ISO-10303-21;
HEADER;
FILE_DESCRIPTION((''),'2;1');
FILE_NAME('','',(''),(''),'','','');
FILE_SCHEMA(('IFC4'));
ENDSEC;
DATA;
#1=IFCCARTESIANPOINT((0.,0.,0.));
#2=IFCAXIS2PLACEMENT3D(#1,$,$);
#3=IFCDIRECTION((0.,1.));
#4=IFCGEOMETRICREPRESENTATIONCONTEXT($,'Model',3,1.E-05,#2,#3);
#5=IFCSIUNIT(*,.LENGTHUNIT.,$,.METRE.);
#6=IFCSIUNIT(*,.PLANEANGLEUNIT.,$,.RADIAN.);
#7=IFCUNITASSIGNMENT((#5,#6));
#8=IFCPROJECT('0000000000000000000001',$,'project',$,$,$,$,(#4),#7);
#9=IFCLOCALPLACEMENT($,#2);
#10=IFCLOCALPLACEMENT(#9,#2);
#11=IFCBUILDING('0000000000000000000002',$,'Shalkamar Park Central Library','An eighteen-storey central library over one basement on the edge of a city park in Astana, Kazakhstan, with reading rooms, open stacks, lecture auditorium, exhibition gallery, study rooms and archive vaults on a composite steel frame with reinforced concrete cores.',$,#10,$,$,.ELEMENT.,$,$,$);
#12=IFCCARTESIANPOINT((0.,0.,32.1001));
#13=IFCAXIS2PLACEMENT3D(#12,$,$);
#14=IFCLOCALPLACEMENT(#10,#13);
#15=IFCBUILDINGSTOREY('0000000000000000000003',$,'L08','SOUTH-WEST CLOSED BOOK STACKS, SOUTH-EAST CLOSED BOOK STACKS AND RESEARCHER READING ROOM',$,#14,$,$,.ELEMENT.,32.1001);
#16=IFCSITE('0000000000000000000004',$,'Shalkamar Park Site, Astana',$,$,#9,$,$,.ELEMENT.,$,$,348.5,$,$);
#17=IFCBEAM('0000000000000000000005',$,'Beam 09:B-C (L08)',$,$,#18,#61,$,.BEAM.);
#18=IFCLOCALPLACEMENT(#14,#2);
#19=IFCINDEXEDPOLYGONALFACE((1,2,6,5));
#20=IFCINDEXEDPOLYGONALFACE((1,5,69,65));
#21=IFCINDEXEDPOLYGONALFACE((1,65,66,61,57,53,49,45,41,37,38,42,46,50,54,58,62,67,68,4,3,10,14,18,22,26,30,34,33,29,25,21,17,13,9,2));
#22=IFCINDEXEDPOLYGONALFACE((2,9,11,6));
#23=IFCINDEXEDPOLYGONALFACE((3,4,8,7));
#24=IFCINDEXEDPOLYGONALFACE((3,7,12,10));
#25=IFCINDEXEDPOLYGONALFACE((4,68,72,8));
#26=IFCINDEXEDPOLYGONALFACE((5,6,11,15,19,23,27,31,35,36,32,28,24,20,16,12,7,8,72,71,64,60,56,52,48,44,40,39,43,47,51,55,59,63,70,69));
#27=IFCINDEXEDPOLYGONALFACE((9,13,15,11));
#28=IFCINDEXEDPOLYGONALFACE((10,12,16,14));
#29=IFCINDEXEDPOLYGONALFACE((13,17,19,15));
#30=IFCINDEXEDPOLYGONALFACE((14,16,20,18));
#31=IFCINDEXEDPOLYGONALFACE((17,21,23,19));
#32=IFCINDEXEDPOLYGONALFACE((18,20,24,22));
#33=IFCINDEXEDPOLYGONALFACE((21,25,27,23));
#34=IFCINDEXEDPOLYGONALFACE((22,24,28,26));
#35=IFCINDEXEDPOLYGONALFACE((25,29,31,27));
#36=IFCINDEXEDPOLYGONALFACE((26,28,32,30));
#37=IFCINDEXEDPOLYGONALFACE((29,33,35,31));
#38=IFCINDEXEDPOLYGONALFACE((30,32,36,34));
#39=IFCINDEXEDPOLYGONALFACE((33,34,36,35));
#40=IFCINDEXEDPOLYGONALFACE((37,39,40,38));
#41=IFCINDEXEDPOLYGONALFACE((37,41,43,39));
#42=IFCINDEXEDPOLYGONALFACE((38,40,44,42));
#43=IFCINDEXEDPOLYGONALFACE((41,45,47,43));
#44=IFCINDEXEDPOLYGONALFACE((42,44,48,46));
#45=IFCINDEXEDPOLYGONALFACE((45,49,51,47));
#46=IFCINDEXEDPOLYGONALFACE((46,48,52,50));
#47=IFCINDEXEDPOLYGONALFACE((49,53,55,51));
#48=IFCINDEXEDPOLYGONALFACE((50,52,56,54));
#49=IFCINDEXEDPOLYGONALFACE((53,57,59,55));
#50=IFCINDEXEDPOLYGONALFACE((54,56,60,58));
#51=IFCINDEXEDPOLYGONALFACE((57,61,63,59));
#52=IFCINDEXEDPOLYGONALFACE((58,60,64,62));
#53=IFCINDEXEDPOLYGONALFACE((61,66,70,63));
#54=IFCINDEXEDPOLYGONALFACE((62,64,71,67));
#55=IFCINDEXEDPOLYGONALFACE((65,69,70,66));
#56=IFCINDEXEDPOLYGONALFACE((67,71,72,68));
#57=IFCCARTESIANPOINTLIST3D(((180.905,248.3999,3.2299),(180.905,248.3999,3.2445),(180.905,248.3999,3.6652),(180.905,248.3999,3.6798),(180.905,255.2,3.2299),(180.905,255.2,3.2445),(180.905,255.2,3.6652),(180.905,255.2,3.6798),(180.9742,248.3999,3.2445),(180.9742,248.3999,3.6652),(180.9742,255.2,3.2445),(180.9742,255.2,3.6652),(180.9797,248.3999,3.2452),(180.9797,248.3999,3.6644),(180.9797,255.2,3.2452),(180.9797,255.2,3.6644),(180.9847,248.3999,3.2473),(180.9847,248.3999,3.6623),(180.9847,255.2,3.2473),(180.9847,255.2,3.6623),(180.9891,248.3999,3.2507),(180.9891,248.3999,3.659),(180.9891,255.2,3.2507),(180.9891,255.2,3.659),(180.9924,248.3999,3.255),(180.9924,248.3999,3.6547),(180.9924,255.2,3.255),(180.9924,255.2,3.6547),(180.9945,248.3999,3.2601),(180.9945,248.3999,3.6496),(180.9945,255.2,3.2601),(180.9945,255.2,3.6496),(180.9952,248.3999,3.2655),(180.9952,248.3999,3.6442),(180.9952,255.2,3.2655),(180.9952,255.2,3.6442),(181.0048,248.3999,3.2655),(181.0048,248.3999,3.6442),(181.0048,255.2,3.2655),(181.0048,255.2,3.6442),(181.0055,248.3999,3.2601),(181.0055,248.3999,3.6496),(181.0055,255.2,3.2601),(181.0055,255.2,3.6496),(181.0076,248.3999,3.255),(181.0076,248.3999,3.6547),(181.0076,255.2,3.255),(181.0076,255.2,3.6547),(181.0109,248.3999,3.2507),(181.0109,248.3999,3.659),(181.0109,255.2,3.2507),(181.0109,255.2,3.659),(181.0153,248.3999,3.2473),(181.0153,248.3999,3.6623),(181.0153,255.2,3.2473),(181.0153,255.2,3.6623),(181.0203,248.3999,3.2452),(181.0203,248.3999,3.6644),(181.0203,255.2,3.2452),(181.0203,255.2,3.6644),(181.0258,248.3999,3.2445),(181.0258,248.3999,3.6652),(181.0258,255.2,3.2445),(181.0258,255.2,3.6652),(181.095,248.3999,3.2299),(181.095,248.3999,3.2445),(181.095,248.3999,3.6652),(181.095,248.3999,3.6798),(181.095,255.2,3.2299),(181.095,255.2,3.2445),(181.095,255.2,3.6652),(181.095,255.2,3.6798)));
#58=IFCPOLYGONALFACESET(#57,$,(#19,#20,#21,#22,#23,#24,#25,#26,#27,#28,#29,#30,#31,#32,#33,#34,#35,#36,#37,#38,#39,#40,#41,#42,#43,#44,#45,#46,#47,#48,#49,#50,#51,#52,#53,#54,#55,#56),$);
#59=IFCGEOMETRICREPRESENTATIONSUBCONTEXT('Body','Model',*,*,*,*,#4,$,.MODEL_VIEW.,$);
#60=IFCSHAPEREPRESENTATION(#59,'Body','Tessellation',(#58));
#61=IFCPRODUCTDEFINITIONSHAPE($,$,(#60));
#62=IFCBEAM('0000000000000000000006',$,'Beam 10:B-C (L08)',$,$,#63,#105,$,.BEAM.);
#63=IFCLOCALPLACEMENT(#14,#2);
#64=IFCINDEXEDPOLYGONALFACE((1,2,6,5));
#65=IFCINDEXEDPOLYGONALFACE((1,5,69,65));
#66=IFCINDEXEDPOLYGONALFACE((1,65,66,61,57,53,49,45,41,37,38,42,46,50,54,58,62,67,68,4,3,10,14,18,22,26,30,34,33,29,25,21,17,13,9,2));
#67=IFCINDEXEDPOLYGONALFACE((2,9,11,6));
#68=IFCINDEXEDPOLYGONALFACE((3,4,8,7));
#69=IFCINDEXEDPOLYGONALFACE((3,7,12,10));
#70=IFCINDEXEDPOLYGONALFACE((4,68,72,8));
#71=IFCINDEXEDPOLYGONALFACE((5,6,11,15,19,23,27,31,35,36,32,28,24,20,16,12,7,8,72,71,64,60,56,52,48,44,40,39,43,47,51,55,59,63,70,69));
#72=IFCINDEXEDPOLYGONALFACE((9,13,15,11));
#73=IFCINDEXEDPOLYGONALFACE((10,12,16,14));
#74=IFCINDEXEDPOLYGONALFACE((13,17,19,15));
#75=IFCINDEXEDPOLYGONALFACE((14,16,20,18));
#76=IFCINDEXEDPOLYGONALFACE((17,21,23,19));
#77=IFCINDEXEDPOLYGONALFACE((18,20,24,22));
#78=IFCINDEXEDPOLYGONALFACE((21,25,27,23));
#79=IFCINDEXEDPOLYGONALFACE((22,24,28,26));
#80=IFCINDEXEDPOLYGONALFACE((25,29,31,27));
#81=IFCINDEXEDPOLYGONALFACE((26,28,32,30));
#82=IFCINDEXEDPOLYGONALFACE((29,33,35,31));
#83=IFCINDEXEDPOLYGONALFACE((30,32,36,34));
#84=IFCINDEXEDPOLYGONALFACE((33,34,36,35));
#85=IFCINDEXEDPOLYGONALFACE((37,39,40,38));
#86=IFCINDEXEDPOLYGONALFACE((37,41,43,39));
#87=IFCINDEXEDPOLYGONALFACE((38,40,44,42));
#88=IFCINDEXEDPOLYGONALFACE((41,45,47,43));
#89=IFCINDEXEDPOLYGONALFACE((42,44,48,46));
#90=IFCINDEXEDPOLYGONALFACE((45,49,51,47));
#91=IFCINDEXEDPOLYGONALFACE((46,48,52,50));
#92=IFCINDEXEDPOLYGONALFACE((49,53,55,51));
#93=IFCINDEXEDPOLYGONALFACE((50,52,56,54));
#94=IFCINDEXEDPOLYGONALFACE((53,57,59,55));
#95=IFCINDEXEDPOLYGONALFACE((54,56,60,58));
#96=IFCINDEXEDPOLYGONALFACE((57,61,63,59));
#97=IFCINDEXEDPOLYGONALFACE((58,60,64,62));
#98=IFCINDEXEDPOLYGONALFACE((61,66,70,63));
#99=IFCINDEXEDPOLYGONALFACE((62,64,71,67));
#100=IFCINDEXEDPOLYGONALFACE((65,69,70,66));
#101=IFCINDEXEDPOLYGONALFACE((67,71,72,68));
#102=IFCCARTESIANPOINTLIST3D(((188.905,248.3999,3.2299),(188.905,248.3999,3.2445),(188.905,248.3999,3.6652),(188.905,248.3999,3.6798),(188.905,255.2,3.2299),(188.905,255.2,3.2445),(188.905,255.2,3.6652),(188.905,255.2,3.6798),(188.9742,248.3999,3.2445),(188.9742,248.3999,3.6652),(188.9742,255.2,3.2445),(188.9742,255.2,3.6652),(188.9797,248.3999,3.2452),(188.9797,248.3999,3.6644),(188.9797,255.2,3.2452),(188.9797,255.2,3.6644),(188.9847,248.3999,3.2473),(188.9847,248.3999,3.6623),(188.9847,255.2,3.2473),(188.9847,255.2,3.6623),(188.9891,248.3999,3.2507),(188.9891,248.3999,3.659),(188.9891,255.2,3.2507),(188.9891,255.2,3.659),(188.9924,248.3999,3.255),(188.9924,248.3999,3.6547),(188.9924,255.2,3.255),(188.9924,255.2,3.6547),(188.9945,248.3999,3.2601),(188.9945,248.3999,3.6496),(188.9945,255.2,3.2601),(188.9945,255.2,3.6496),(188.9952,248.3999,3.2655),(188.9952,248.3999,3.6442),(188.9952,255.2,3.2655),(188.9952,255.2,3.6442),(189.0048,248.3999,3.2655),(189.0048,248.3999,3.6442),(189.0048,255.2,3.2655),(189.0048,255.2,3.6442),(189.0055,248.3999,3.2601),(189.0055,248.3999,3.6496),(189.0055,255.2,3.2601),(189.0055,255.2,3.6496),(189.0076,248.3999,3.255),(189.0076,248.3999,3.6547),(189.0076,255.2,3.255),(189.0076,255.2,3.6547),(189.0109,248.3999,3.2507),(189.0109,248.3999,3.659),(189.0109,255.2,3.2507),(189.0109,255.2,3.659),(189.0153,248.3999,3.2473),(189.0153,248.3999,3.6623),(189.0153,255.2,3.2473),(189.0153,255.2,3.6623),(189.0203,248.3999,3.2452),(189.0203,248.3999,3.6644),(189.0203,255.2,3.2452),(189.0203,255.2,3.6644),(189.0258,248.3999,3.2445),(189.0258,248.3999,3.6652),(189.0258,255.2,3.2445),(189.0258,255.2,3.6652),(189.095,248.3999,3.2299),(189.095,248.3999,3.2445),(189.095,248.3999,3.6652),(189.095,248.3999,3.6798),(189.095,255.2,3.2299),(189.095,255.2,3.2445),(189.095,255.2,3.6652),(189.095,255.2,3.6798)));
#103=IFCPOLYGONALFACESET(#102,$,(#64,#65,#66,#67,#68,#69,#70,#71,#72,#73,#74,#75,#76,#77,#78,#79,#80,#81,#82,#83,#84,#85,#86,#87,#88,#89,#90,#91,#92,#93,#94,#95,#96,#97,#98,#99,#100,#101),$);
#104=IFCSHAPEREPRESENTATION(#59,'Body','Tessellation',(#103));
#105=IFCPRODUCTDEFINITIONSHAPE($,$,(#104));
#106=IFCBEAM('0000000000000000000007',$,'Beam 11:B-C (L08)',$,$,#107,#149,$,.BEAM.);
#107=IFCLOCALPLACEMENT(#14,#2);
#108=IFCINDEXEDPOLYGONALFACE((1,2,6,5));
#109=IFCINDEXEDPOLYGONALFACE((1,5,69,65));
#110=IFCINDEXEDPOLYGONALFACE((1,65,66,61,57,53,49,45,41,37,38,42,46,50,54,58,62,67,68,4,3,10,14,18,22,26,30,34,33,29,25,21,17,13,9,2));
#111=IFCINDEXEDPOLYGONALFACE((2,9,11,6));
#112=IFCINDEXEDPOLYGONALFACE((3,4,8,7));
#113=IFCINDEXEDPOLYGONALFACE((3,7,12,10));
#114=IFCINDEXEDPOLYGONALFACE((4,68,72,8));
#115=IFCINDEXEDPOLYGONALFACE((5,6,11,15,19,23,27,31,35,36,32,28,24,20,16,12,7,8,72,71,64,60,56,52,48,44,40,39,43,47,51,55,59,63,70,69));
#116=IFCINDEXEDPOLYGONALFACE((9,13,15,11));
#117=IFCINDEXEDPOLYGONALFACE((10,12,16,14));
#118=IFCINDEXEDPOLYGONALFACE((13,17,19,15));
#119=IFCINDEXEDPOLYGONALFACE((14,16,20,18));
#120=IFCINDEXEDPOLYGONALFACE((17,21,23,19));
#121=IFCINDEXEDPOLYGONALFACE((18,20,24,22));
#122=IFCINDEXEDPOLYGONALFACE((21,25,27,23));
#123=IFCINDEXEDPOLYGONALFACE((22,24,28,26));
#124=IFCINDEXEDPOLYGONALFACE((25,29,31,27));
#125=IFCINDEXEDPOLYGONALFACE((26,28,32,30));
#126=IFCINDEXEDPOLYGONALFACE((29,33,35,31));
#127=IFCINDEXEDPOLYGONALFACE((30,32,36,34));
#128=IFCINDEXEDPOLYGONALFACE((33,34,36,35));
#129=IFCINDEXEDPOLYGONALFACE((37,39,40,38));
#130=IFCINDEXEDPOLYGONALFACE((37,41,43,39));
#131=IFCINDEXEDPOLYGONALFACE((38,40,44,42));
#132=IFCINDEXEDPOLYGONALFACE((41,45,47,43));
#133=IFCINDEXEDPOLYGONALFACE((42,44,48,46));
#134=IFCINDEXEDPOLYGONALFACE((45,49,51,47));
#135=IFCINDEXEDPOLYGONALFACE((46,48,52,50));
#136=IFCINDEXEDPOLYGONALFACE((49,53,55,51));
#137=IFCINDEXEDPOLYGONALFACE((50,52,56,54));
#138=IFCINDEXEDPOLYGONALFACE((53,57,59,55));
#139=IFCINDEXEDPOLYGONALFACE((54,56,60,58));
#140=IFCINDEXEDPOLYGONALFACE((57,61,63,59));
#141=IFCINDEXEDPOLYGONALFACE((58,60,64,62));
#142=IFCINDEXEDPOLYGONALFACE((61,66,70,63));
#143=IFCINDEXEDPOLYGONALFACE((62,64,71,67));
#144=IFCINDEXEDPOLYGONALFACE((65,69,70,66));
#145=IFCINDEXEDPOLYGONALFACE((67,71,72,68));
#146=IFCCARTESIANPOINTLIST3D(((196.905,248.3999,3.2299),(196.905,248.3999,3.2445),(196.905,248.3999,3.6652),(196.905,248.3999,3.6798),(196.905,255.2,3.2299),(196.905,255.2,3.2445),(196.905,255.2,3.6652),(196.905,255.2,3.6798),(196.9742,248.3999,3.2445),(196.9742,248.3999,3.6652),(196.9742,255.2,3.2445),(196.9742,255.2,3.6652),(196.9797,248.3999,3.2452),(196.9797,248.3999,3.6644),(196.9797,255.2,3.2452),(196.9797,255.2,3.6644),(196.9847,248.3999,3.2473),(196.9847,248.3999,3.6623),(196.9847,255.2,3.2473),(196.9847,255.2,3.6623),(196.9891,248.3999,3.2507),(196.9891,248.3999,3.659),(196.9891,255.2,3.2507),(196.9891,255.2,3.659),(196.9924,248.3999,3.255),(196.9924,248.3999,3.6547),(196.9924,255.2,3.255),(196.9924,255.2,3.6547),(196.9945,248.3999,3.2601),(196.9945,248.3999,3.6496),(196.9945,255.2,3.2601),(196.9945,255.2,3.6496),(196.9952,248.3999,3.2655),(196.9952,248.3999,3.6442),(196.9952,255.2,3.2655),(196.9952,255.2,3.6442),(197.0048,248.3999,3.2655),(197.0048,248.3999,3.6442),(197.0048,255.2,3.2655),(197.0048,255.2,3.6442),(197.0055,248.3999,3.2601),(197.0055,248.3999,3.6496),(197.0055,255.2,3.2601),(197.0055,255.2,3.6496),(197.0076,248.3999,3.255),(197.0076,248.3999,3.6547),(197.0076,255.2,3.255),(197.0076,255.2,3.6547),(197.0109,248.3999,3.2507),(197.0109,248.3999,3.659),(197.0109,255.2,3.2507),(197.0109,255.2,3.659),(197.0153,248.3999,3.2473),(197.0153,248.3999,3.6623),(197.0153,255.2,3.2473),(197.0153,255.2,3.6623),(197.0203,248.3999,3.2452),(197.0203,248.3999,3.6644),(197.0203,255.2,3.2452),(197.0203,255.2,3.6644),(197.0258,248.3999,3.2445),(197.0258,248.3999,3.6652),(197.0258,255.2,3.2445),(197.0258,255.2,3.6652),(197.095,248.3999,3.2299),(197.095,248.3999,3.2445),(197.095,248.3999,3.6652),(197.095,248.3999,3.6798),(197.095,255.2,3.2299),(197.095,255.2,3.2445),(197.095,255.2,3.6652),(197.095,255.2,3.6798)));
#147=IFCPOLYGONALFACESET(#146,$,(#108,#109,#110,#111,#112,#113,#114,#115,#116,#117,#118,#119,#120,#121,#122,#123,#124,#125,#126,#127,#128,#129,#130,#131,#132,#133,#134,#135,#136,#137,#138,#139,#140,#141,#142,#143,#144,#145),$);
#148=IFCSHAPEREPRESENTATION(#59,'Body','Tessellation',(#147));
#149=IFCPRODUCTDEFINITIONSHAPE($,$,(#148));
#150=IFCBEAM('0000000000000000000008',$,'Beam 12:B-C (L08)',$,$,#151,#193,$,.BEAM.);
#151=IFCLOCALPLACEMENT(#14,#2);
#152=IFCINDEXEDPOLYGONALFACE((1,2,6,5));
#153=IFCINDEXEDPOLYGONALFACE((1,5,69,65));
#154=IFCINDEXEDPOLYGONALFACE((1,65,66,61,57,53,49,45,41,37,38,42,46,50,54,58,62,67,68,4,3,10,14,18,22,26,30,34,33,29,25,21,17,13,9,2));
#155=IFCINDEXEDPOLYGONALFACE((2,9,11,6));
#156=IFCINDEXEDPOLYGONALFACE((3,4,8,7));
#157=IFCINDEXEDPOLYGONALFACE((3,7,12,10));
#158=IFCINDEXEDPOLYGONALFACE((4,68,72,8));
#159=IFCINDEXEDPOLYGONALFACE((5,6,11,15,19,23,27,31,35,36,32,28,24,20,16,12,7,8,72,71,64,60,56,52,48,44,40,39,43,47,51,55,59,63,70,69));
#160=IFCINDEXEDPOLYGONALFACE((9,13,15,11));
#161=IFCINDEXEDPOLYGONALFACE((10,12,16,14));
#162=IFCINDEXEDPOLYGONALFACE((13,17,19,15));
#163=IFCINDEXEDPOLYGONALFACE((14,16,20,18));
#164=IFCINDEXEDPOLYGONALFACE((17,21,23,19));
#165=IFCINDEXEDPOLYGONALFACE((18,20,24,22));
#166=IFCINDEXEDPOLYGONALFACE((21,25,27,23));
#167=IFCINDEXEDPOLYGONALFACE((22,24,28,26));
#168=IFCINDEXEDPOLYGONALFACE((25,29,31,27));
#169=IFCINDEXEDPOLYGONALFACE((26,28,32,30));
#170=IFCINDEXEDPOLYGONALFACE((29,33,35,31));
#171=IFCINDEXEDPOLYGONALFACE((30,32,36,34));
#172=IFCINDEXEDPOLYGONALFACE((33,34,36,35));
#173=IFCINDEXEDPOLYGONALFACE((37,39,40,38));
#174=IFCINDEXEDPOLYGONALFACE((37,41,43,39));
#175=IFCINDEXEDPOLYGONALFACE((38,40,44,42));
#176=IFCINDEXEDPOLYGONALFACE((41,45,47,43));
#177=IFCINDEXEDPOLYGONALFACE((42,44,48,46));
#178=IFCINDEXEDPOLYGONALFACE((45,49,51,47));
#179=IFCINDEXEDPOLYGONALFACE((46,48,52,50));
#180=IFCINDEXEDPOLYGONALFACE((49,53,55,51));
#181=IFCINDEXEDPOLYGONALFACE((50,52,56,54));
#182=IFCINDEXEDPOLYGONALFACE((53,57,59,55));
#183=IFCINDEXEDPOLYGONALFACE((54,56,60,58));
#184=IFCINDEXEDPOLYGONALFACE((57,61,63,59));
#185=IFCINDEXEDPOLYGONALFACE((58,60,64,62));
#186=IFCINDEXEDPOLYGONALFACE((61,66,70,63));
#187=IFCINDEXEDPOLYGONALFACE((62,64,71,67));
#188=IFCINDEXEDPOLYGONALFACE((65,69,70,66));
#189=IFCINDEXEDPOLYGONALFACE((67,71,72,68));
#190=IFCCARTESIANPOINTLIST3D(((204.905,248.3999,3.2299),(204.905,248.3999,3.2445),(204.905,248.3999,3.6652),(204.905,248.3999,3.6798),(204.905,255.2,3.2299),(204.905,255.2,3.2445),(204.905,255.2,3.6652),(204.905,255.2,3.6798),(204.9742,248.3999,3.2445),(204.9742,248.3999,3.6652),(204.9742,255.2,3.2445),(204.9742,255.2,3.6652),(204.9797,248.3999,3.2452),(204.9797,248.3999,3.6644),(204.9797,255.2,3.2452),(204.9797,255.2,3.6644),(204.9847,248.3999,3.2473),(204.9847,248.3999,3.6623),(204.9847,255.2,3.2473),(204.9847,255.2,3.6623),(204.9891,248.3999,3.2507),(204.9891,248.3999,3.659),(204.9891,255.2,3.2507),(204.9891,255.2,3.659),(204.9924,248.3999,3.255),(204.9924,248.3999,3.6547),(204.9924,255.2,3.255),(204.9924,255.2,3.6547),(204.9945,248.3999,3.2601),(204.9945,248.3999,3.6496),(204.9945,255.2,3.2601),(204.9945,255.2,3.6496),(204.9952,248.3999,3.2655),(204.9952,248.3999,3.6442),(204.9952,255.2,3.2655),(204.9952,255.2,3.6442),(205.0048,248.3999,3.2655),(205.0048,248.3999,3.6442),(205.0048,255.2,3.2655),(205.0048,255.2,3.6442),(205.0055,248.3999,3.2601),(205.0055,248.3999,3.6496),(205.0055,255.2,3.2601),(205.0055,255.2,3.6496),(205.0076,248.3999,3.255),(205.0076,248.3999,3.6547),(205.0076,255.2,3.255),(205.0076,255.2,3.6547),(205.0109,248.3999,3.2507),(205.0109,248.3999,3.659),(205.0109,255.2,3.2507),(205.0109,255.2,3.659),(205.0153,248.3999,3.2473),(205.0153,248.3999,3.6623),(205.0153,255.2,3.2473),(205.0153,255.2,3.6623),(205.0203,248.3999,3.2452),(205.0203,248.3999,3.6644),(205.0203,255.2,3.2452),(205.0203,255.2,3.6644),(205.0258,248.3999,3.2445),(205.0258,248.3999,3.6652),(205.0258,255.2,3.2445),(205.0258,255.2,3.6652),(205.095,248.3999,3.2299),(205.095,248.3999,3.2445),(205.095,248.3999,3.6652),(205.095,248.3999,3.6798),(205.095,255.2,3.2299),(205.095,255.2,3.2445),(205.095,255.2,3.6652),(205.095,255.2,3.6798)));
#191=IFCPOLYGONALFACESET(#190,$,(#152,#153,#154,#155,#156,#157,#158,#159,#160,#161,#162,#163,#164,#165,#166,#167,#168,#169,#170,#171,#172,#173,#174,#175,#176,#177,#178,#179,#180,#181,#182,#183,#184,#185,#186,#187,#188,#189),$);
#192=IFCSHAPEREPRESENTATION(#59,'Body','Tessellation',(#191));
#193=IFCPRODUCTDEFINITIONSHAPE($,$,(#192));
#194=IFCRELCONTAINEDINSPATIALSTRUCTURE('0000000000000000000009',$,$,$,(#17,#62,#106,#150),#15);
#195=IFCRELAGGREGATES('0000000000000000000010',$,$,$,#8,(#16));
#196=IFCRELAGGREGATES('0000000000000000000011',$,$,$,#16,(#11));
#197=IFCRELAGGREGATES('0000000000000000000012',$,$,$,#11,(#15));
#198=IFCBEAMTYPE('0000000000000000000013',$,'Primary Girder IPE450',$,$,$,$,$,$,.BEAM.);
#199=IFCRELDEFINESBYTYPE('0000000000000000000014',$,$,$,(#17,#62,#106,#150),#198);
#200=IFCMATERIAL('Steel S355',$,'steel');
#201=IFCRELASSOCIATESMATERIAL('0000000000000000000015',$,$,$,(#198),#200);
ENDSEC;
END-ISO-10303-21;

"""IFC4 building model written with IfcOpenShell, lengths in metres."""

from ifc_helpers import new_model, si_unit, direction, frame, origin, origin_2d, place, context, subcontext, project, spatial, i_section, extrude, material, material_profile, profile_set, type_object, element, save


model = new_model("IFC4")

# Units and contexts
model_context = context("Model", 3, precision=1e-05, world=origin(), true_north=direction((0.0, 1.0)))
body_context = subcontext(model_context, "Body", "Model", "MODEL_VIEW")
ifc_project = project(units=[si_unit("LENGTHUNIT", "METRE"), si_unit("PLANEANGLEUNIT", "RADIAN")], contexts=[model_context])

# Site, building, storey
site_placement = place(None, origin())
site = spatial("IfcSite", under=ifc_project, at=site_placement, Name="Shalkamar Park Site, Astana", CompositionType="ELEMENT", RefElevation=348.5)
building_placement = place(site_placement, origin())
building = spatial("IfcBuilding", under=site, at=building_placement, Name="Shalkamar Park Central Library", Description="An eighteen-storey central library over one basement on the edge of a city park in Astana, Kazakhstan, with reading rooms, open stacks, lecture auditorium, exhibition gallery, study rooms and archive vaults on a composite steel frame with reinforced concrete cores.", CompositionType="ELEMENT")
storey_placement = place(building_placement, frame((0.0, 0.0, 32.1001)))
storey = spatial("IfcBuildingStorey", under=building, at=storey_placement, Name="L08", Description="SOUTH-WEST CLOSED BOOK STACKS, SOUTH-EAST CLOSED BOOK STACKS AND RESEARCHER READING ROOM", CompositionType="ELEMENT", Elevation=32.1001)

# Shared definitions
ifc_material_1 = material(Name="Steel S355", Category="steel")

# Beams
ifc_material_profile_1 = material_profile(ifc_material_1, i_section(OverallWidth=0.1899, OverallDepth=0.45, WebThickness=0.0095, FlangeThickness=0.0146, FilletRadius=0.021, at=origin_2d()), Name="IPE 450")
ifc_profile_set_1 = profile_set([ifc_material_profile_1], Name="Steel S355")
beam_type_1 = type_object("IfcBeamType", Name="Primary Girder IPE450", PredefinedType="BEAM", material=ifc_profile_set_1)
for number, where, z_axis, x_axis, name in (
    (1, (181.0, 248.3999, 3.4548), (0.0, 1.0, 0.0), (-1.0, 0.0, 0.0), "Beam 09:B-C (L08)"),
    (2, (189.0, 248.3999, 3.4548), (0.0, 1.0, 0.0), (-1.0, 0.0, 0.0), "Beam 10:B-C (L08)"),
    (3, (197.0, 248.3999, 3.4548), (0.0, 1.0, 0.0), (-1.0, 0.0, 0.0), "Beam 11:B-C (L08)"),
    (4, (205.0, 248.3999, 3.4548), (0.0, 1.0, 0.0), (-1.0, 0.0, 0.0), "Beam 12:B-C (L08)"),
):
    element("IfcBeam", number, at=place(storey_placement, frame(where, z_axis=z_axis, x_axis=x_axis)), inside=storey, type_object=beam_type_1, Name=name, PredefinedType="BEAM", context=body_context, shape_type="SweptSolid", body=[
        extrude(i_section(OverallWidth=0.1899, OverallDepth=0.45, WebThickness=0.0095, FlangeThickness=0.0146, FilletRadius=0.021, at=origin_2d()), origin(), (0.0, 0.0, 1.0), 6.8),
    ])

save(model, "model.ifc")
